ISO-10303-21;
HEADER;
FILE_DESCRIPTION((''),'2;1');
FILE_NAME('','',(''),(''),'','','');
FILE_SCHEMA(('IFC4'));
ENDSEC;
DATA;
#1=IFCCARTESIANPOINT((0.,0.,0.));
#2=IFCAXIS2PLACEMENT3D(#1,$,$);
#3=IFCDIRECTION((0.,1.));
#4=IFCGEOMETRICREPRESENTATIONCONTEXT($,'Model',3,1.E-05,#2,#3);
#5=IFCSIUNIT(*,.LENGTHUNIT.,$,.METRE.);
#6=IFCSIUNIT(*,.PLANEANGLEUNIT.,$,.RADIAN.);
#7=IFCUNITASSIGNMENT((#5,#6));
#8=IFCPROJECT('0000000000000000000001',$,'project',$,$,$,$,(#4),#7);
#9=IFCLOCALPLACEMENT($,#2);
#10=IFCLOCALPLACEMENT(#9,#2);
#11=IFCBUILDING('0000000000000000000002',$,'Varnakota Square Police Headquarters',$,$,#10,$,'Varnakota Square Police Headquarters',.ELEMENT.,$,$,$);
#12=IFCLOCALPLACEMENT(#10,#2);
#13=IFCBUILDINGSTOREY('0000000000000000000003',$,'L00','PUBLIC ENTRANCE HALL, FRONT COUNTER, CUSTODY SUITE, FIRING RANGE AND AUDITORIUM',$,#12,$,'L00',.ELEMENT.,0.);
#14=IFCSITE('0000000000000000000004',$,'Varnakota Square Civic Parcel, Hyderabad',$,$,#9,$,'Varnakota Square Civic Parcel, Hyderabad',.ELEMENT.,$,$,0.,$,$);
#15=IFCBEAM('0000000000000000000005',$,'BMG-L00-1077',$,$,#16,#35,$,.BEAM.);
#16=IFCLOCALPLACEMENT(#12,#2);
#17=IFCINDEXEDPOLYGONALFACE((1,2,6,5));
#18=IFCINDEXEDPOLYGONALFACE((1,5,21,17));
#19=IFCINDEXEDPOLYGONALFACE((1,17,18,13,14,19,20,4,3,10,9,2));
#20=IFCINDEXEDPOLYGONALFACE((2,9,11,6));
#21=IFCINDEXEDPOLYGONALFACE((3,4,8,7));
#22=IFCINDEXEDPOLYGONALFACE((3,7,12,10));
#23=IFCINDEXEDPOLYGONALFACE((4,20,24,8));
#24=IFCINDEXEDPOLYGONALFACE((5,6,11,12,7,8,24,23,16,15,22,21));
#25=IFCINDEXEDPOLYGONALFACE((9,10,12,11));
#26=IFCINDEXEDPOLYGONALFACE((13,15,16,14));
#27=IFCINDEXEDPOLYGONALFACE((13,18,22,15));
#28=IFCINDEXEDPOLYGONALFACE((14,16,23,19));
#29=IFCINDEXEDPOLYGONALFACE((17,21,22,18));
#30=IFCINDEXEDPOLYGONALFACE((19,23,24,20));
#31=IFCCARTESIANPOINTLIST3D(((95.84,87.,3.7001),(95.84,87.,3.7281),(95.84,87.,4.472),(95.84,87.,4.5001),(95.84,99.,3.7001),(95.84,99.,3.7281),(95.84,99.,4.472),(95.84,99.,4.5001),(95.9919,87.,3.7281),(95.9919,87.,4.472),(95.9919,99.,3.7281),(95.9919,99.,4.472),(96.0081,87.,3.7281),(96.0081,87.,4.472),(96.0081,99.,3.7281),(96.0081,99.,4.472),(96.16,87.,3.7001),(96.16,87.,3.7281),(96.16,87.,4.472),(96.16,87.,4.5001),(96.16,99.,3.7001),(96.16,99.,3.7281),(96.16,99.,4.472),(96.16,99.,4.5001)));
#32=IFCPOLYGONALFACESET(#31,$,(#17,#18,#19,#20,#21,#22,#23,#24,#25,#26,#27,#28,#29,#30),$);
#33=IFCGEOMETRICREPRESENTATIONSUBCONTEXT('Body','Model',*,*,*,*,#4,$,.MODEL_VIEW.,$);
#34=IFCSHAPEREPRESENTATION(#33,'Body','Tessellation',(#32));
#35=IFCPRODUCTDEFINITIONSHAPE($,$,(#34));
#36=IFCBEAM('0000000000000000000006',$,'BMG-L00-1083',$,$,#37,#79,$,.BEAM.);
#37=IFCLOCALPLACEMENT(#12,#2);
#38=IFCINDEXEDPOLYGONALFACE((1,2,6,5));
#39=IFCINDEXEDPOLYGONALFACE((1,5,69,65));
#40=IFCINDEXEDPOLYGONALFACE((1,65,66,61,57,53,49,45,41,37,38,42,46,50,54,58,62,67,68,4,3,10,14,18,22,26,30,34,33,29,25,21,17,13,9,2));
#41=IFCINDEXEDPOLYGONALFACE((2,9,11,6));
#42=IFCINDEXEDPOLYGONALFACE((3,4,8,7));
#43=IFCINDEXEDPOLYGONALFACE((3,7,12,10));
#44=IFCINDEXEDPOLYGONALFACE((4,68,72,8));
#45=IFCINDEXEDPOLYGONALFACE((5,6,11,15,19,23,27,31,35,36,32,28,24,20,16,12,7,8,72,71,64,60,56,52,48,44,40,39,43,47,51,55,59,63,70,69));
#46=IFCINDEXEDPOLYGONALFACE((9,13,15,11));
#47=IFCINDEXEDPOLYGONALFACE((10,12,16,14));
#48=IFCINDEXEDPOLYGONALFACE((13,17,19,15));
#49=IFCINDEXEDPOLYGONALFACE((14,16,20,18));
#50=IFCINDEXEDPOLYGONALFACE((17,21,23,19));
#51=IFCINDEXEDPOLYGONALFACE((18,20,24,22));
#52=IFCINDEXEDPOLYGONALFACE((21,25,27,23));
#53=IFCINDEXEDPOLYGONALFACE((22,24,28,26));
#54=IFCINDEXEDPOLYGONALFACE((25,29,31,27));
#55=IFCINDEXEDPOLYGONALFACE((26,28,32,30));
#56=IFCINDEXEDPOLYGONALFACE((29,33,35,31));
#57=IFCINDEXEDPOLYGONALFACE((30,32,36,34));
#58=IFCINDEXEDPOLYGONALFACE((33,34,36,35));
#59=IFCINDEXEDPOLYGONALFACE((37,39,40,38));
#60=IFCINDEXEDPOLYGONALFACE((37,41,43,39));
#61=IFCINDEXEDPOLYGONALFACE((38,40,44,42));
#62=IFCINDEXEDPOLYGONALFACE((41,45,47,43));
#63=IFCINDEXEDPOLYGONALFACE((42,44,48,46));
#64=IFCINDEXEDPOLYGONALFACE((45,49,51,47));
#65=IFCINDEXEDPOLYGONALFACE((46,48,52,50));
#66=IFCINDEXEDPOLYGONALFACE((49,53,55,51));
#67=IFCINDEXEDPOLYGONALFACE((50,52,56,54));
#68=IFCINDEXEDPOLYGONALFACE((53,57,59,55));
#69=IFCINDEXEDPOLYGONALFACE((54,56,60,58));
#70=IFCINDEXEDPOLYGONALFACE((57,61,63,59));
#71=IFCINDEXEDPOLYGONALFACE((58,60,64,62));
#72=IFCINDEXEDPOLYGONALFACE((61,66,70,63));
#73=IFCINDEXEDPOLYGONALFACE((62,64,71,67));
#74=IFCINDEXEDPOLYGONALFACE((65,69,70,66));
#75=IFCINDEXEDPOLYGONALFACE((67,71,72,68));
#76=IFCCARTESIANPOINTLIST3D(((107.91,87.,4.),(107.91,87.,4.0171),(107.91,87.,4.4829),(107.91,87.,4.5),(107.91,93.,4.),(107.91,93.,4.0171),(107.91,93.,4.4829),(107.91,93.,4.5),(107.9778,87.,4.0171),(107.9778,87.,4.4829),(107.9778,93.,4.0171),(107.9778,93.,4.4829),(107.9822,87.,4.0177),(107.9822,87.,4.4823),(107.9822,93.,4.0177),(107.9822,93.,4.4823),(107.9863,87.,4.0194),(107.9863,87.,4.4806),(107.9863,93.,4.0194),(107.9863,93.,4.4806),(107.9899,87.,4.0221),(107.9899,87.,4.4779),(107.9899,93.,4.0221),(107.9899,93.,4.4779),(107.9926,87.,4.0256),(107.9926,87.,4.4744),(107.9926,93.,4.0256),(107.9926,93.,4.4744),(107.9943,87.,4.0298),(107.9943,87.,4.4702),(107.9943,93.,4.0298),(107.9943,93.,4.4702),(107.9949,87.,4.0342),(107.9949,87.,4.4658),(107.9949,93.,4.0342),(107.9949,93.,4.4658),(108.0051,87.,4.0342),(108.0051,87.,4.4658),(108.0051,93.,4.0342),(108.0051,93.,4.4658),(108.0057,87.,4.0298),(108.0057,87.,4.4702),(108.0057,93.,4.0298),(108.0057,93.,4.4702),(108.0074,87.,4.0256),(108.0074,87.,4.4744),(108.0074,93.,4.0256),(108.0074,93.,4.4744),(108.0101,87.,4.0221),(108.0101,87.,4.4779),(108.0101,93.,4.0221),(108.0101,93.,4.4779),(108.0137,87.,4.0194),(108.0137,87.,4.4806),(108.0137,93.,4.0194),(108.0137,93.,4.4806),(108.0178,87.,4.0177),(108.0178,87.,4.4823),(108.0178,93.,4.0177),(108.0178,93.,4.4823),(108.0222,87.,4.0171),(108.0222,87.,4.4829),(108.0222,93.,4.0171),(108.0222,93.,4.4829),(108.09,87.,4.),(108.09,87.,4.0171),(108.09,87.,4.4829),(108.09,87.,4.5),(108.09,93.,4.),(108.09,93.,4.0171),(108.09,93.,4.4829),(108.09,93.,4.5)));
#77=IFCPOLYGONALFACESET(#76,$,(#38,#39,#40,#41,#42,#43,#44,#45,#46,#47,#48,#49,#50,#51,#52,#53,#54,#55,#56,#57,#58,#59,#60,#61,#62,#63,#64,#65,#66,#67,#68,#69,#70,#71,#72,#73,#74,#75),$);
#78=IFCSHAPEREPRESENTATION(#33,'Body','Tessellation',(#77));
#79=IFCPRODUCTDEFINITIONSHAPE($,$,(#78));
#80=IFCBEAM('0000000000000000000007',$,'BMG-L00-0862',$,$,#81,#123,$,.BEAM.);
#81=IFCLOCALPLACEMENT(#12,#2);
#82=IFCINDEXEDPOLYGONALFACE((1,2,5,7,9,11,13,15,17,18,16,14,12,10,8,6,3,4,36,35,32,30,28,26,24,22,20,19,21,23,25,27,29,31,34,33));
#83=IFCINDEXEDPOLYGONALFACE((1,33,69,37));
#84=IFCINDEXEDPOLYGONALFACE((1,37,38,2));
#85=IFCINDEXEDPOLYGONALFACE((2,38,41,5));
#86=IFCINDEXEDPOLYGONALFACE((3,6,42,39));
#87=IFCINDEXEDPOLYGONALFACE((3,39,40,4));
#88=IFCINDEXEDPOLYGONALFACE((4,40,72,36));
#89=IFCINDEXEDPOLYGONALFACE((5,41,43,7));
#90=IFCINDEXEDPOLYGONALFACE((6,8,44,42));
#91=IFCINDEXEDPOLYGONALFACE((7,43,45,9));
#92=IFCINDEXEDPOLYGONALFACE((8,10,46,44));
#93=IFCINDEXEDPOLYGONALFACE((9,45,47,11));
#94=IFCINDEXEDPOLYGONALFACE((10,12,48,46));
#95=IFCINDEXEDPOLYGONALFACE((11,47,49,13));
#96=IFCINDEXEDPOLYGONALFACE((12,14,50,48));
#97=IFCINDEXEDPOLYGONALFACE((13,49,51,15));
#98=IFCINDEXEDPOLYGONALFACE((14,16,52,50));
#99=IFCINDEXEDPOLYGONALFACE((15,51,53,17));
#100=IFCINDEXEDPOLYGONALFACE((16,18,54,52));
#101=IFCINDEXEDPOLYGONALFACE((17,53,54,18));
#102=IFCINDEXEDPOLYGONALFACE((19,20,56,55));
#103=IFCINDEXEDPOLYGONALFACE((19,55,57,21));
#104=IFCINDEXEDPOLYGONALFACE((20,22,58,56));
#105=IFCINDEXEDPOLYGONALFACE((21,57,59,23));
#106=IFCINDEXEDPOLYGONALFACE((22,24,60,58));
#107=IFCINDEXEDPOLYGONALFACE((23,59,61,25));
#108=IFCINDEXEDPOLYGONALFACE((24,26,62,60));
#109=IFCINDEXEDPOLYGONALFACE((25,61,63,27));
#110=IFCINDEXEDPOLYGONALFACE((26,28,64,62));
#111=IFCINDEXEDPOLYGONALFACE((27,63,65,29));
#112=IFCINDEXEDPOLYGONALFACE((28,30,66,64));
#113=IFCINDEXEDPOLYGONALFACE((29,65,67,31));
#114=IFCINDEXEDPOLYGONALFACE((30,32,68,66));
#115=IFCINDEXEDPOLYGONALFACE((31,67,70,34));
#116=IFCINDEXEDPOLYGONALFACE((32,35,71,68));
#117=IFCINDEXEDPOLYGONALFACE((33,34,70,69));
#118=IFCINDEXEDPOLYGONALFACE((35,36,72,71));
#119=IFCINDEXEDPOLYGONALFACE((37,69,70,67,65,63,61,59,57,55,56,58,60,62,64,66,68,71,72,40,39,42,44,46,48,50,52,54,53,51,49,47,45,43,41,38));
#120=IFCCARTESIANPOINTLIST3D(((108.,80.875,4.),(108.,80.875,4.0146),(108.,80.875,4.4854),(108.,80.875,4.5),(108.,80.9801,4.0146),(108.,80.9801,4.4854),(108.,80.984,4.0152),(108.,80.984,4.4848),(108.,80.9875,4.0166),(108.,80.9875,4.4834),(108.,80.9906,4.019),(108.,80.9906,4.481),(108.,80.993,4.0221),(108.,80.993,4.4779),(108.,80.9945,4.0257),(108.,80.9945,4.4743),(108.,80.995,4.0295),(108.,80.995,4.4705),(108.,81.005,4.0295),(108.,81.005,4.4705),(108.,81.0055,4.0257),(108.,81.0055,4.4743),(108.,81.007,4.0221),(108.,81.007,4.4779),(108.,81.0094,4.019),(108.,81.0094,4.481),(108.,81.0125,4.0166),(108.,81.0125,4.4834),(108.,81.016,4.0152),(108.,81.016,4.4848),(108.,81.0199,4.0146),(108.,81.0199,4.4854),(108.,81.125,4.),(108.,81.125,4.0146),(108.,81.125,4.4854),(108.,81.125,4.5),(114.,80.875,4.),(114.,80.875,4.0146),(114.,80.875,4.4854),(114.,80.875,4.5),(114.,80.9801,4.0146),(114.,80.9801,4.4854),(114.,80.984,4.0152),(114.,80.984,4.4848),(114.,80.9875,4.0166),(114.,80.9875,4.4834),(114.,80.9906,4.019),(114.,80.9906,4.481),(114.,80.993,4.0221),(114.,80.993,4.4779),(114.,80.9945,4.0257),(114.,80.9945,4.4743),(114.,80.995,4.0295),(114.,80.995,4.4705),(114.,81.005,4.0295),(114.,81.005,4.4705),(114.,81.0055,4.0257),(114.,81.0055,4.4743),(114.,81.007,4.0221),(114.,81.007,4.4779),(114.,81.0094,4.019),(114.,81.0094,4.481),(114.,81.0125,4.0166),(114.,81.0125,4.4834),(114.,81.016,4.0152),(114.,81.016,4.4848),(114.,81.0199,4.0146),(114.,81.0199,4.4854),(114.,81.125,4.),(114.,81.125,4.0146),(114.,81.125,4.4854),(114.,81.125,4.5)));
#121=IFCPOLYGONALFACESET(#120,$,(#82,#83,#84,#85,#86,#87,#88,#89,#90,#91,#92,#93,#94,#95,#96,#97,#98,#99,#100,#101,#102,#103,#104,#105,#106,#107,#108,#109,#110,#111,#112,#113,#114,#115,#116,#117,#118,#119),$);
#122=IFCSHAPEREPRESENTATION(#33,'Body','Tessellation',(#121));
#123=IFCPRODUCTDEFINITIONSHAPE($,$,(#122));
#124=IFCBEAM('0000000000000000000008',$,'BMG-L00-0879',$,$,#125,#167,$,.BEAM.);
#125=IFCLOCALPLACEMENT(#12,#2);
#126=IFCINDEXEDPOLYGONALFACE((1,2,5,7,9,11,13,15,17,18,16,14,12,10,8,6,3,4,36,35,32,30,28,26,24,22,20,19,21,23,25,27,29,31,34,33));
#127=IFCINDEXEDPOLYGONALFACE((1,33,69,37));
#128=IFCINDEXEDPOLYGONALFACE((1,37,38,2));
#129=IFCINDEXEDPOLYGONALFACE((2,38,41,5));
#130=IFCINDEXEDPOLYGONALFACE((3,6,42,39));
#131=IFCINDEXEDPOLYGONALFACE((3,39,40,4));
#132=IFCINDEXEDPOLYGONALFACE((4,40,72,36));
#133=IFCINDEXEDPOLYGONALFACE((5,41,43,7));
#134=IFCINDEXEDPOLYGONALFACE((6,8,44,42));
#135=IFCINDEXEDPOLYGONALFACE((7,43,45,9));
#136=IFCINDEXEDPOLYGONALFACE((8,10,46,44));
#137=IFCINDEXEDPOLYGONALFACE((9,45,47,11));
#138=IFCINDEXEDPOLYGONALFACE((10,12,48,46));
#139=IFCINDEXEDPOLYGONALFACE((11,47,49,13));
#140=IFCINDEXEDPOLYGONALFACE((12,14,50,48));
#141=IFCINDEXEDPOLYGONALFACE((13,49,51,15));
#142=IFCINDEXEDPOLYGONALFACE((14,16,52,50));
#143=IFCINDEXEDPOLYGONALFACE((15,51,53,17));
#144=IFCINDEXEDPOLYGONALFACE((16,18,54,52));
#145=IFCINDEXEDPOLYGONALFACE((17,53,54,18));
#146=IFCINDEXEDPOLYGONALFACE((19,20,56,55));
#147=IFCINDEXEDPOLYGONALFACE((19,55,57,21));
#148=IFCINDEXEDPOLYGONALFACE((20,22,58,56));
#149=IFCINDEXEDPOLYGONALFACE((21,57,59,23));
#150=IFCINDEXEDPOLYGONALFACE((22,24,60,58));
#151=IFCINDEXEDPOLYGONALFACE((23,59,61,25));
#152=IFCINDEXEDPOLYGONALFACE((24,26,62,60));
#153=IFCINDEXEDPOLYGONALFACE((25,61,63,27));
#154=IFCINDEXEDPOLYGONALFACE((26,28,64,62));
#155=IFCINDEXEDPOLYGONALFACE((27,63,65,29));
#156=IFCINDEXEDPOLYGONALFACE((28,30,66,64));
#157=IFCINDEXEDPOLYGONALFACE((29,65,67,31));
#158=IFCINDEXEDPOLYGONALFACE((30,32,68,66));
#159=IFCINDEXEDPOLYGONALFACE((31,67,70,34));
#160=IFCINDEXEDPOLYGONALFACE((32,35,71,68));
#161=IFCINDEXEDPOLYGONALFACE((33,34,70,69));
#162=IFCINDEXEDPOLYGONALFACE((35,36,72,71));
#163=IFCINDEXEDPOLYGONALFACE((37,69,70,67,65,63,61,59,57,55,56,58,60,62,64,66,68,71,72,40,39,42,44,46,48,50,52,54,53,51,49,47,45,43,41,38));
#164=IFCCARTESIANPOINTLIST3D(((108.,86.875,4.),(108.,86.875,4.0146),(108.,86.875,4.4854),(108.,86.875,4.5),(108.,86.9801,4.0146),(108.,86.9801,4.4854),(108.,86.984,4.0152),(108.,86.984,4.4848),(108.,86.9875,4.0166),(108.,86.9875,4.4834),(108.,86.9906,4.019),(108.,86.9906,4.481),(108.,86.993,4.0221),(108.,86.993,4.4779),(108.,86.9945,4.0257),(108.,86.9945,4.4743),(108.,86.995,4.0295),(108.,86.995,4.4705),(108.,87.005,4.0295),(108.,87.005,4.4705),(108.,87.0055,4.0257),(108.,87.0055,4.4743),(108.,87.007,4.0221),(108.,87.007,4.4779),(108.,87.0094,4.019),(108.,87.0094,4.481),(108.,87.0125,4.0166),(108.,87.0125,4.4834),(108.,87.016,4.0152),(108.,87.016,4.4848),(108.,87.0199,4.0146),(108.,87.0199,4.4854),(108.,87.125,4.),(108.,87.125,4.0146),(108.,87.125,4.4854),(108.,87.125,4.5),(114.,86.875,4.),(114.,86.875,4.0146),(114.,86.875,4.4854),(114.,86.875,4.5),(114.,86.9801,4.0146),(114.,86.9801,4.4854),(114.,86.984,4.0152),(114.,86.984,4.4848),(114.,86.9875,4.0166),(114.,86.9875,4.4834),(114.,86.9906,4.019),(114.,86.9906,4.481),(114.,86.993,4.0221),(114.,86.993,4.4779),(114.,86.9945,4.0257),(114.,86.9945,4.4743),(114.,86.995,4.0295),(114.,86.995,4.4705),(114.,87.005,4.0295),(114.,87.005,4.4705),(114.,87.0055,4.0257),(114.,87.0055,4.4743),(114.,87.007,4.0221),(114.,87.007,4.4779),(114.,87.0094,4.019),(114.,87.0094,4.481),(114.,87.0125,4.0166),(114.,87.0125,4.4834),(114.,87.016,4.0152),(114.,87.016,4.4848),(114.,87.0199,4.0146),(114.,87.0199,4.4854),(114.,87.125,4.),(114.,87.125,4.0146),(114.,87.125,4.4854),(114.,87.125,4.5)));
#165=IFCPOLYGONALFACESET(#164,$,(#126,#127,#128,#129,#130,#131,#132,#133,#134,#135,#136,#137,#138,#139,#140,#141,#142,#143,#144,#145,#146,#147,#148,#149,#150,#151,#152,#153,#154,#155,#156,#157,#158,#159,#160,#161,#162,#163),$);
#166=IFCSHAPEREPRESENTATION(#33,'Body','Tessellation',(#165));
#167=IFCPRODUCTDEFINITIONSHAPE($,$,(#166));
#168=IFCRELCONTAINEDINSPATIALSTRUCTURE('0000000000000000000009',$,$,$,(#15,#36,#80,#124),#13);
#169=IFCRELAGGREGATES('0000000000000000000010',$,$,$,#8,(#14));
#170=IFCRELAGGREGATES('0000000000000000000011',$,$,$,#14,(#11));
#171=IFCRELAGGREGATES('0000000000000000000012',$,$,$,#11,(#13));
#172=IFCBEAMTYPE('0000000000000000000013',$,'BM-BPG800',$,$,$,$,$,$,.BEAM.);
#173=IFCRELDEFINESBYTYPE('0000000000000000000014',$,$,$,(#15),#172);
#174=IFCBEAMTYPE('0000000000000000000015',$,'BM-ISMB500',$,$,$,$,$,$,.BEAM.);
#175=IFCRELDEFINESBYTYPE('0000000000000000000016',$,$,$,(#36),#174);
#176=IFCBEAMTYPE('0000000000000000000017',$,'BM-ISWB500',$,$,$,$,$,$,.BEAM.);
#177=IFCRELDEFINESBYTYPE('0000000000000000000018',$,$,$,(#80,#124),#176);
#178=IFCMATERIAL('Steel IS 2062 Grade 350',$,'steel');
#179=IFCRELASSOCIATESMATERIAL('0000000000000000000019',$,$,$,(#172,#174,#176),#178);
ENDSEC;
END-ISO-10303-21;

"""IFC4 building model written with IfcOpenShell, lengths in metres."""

from ifc_helpers import new_model, si_unit, direction, frame, origin, origin_2d, place, context, subcontext, project, spatial, i_section, extrude, material, material_profile, profile_set, type_object, element, save


model = new_model("IFC4")

# Units and contexts
model_context = context("Model", 3, precision=1e-05, world=origin(), true_north=direction((0.0, 1.0)))
body_context = subcontext(model_context, "Body", "Model", "MODEL_VIEW")
ifc_project = project(units=[si_unit("LENGTHUNIT", "METRE"), si_unit("PLANEANGLEUNIT", "RADIAN")], contexts=[model_context])

# Site, building, storey
site_placement = place(None, origin())
site = spatial("IfcSite", under=ifc_project, at=site_placement, Name="Varnakota Square Civic Parcel, Hyderabad", LongName="Varnakota Square Civic Parcel, Hyderabad", CompositionType="ELEMENT", RefElevation=0.0)
building_placement = place(site_placement, origin())
building = spatial("IfcBuilding", under=site, at=building_placement, Name="Varnakota Square Police Headquarters", LongName="Varnakota Square Police Headquarters", CompositionType="ELEMENT")
storey_placement = place(building_placement, origin())
storey = spatial("IfcBuildingStorey", under=building, at=storey_placement, Name="L00", Description="PUBLIC ENTRANCE HALL, FRONT COUNTER, CUSTODY SUITE, FIRING RANGE AND AUDITORIUM", LongName="L00", CompositionType="ELEMENT", Elevation=0.0)

# Beams
ifc_material_1 = material(Name="Steel IS 2062 Grade 350", Category="steel")
ifc_material_profile_1 = material_profile(ifc_material_1, i_section(OverallWidth=0.3201, OverallDepth=0.8, WebThickness=0.0161, FlangeThickness=0.0281, at=origin_2d()), Name="BPG 800x320")
ifc_profile_set_1 = profile_set([ifc_material_profile_1], Name="Steel IS 2062 Grade 350")
beam_type_1 = type_object("IfcBeamType", Name="BM-BPG800", PredefinedType="BEAM", material=ifc_profile_set_1)
for number, where, z_axis, x_axis, name in (
    (1, (96.0, 87.0, 4.1001), (0.0, 1.0, 0.0), (-1.0, 0.0, 0.0), "BMG-L00-1077"),
):
    element("IfcBeam", number, at=place(storey_placement, frame(where, z_axis=z_axis, x_axis=x_axis)), inside=storey, type_object=beam_type_1, Name=name, PredefinedType="BEAM", context=body_context, shape_type="SweptSolid", body=[
        extrude(i_section(OverallWidth=0.3201, OverallDepth=0.8, WebThickness=0.0161, FlangeThickness=0.0281, at=origin_2d()), origin(), (0.0, 0.0, 1.0), 12.0),
    ])
ifc_material_profile_2 = material_profile(ifc_material_1, i_section(OverallWidth=0.1799, OverallDepth=0.5, WebThickness=0.0103, FlangeThickness=0.0171, FilletRadius=0.0171, at=origin_2d()), Name="ISMB 500")
ifc_profile_set_2 = profile_set([ifc_material_profile_2], Name="Steel IS 2062 Grade 350")
beam_type_2 = type_object("IfcBeamType", Name="BM-ISMB500", PredefinedType="BEAM", material=ifc_profile_set_2)
beam_placement = place(storey_placement, frame((108.0, 87.0, 4.25), z_axis=(0.0, 1.0, 0.0), x_axis=(-1.0, 0.0, 0.0)))
element("IfcBeam", 2, at=beam_placement, inside=storey, type_object=beam_type_2, Name="BMG-L00-1083", PredefinedType="BEAM", context=body_context, shape_type="SweptSolid", body=[
    extrude(i_section(OverallWidth=0.1799, OverallDepth=0.5, WebThickness=0.0103, FlangeThickness=0.0171, FilletRadius=0.0171, at=origin_2d()), origin(), (0.0, 0.0, 1.0), 6.0),
])
ifc_material_profile_3 = material_profile(ifc_material_1, i_section(OverallWidth=0.25, OverallDepth=0.5, WebThickness=0.01, FlangeThickness=0.0146, FilletRadius=0.0149, at=origin_2d()), Name="ISWB 500")
ifc_profile_set_3 = profile_set([ifc_material_profile_3], Name="Steel IS 2062 Grade 350")
beam_type_3 = type_object("IfcBeamType", Name="BM-ISWB500", PredefinedType="BEAM", material=ifc_profile_set_3)
for number, where, z_axis, x_axis, name in (
    (3, (108.0, 81.0, 4.25), (1.0, 0.0, 0.0), (0.0, 1.0, 0.0), "BMG-L00-0862"),
    (4, (108.0, 87.0, 4.25), (1.0, 0.0, 0.0), (0.0, 1.0, 0.0), "BMG-L00-0879"),
):
    element("IfcBeam", number, at=place(storey_placement, frame(where, z_axis=z_axis, x_axis=x_axis)), inside=storey, type_object=beam_type_3, Name=name, PredefinedType="BEAM", context=body_context, shape_type="SweptSolid", body=[
        extrude(i_section(OverallWidth=0.25, OverallDepth=0.5, WebThickness=0.01, FlangeThickness=0.0146, FilletRadius=0.0149, at=origin_2d()), origin(), (0.0, 0.0, 1.0), 6.0),
    ])

save(model, "model.ifc")
